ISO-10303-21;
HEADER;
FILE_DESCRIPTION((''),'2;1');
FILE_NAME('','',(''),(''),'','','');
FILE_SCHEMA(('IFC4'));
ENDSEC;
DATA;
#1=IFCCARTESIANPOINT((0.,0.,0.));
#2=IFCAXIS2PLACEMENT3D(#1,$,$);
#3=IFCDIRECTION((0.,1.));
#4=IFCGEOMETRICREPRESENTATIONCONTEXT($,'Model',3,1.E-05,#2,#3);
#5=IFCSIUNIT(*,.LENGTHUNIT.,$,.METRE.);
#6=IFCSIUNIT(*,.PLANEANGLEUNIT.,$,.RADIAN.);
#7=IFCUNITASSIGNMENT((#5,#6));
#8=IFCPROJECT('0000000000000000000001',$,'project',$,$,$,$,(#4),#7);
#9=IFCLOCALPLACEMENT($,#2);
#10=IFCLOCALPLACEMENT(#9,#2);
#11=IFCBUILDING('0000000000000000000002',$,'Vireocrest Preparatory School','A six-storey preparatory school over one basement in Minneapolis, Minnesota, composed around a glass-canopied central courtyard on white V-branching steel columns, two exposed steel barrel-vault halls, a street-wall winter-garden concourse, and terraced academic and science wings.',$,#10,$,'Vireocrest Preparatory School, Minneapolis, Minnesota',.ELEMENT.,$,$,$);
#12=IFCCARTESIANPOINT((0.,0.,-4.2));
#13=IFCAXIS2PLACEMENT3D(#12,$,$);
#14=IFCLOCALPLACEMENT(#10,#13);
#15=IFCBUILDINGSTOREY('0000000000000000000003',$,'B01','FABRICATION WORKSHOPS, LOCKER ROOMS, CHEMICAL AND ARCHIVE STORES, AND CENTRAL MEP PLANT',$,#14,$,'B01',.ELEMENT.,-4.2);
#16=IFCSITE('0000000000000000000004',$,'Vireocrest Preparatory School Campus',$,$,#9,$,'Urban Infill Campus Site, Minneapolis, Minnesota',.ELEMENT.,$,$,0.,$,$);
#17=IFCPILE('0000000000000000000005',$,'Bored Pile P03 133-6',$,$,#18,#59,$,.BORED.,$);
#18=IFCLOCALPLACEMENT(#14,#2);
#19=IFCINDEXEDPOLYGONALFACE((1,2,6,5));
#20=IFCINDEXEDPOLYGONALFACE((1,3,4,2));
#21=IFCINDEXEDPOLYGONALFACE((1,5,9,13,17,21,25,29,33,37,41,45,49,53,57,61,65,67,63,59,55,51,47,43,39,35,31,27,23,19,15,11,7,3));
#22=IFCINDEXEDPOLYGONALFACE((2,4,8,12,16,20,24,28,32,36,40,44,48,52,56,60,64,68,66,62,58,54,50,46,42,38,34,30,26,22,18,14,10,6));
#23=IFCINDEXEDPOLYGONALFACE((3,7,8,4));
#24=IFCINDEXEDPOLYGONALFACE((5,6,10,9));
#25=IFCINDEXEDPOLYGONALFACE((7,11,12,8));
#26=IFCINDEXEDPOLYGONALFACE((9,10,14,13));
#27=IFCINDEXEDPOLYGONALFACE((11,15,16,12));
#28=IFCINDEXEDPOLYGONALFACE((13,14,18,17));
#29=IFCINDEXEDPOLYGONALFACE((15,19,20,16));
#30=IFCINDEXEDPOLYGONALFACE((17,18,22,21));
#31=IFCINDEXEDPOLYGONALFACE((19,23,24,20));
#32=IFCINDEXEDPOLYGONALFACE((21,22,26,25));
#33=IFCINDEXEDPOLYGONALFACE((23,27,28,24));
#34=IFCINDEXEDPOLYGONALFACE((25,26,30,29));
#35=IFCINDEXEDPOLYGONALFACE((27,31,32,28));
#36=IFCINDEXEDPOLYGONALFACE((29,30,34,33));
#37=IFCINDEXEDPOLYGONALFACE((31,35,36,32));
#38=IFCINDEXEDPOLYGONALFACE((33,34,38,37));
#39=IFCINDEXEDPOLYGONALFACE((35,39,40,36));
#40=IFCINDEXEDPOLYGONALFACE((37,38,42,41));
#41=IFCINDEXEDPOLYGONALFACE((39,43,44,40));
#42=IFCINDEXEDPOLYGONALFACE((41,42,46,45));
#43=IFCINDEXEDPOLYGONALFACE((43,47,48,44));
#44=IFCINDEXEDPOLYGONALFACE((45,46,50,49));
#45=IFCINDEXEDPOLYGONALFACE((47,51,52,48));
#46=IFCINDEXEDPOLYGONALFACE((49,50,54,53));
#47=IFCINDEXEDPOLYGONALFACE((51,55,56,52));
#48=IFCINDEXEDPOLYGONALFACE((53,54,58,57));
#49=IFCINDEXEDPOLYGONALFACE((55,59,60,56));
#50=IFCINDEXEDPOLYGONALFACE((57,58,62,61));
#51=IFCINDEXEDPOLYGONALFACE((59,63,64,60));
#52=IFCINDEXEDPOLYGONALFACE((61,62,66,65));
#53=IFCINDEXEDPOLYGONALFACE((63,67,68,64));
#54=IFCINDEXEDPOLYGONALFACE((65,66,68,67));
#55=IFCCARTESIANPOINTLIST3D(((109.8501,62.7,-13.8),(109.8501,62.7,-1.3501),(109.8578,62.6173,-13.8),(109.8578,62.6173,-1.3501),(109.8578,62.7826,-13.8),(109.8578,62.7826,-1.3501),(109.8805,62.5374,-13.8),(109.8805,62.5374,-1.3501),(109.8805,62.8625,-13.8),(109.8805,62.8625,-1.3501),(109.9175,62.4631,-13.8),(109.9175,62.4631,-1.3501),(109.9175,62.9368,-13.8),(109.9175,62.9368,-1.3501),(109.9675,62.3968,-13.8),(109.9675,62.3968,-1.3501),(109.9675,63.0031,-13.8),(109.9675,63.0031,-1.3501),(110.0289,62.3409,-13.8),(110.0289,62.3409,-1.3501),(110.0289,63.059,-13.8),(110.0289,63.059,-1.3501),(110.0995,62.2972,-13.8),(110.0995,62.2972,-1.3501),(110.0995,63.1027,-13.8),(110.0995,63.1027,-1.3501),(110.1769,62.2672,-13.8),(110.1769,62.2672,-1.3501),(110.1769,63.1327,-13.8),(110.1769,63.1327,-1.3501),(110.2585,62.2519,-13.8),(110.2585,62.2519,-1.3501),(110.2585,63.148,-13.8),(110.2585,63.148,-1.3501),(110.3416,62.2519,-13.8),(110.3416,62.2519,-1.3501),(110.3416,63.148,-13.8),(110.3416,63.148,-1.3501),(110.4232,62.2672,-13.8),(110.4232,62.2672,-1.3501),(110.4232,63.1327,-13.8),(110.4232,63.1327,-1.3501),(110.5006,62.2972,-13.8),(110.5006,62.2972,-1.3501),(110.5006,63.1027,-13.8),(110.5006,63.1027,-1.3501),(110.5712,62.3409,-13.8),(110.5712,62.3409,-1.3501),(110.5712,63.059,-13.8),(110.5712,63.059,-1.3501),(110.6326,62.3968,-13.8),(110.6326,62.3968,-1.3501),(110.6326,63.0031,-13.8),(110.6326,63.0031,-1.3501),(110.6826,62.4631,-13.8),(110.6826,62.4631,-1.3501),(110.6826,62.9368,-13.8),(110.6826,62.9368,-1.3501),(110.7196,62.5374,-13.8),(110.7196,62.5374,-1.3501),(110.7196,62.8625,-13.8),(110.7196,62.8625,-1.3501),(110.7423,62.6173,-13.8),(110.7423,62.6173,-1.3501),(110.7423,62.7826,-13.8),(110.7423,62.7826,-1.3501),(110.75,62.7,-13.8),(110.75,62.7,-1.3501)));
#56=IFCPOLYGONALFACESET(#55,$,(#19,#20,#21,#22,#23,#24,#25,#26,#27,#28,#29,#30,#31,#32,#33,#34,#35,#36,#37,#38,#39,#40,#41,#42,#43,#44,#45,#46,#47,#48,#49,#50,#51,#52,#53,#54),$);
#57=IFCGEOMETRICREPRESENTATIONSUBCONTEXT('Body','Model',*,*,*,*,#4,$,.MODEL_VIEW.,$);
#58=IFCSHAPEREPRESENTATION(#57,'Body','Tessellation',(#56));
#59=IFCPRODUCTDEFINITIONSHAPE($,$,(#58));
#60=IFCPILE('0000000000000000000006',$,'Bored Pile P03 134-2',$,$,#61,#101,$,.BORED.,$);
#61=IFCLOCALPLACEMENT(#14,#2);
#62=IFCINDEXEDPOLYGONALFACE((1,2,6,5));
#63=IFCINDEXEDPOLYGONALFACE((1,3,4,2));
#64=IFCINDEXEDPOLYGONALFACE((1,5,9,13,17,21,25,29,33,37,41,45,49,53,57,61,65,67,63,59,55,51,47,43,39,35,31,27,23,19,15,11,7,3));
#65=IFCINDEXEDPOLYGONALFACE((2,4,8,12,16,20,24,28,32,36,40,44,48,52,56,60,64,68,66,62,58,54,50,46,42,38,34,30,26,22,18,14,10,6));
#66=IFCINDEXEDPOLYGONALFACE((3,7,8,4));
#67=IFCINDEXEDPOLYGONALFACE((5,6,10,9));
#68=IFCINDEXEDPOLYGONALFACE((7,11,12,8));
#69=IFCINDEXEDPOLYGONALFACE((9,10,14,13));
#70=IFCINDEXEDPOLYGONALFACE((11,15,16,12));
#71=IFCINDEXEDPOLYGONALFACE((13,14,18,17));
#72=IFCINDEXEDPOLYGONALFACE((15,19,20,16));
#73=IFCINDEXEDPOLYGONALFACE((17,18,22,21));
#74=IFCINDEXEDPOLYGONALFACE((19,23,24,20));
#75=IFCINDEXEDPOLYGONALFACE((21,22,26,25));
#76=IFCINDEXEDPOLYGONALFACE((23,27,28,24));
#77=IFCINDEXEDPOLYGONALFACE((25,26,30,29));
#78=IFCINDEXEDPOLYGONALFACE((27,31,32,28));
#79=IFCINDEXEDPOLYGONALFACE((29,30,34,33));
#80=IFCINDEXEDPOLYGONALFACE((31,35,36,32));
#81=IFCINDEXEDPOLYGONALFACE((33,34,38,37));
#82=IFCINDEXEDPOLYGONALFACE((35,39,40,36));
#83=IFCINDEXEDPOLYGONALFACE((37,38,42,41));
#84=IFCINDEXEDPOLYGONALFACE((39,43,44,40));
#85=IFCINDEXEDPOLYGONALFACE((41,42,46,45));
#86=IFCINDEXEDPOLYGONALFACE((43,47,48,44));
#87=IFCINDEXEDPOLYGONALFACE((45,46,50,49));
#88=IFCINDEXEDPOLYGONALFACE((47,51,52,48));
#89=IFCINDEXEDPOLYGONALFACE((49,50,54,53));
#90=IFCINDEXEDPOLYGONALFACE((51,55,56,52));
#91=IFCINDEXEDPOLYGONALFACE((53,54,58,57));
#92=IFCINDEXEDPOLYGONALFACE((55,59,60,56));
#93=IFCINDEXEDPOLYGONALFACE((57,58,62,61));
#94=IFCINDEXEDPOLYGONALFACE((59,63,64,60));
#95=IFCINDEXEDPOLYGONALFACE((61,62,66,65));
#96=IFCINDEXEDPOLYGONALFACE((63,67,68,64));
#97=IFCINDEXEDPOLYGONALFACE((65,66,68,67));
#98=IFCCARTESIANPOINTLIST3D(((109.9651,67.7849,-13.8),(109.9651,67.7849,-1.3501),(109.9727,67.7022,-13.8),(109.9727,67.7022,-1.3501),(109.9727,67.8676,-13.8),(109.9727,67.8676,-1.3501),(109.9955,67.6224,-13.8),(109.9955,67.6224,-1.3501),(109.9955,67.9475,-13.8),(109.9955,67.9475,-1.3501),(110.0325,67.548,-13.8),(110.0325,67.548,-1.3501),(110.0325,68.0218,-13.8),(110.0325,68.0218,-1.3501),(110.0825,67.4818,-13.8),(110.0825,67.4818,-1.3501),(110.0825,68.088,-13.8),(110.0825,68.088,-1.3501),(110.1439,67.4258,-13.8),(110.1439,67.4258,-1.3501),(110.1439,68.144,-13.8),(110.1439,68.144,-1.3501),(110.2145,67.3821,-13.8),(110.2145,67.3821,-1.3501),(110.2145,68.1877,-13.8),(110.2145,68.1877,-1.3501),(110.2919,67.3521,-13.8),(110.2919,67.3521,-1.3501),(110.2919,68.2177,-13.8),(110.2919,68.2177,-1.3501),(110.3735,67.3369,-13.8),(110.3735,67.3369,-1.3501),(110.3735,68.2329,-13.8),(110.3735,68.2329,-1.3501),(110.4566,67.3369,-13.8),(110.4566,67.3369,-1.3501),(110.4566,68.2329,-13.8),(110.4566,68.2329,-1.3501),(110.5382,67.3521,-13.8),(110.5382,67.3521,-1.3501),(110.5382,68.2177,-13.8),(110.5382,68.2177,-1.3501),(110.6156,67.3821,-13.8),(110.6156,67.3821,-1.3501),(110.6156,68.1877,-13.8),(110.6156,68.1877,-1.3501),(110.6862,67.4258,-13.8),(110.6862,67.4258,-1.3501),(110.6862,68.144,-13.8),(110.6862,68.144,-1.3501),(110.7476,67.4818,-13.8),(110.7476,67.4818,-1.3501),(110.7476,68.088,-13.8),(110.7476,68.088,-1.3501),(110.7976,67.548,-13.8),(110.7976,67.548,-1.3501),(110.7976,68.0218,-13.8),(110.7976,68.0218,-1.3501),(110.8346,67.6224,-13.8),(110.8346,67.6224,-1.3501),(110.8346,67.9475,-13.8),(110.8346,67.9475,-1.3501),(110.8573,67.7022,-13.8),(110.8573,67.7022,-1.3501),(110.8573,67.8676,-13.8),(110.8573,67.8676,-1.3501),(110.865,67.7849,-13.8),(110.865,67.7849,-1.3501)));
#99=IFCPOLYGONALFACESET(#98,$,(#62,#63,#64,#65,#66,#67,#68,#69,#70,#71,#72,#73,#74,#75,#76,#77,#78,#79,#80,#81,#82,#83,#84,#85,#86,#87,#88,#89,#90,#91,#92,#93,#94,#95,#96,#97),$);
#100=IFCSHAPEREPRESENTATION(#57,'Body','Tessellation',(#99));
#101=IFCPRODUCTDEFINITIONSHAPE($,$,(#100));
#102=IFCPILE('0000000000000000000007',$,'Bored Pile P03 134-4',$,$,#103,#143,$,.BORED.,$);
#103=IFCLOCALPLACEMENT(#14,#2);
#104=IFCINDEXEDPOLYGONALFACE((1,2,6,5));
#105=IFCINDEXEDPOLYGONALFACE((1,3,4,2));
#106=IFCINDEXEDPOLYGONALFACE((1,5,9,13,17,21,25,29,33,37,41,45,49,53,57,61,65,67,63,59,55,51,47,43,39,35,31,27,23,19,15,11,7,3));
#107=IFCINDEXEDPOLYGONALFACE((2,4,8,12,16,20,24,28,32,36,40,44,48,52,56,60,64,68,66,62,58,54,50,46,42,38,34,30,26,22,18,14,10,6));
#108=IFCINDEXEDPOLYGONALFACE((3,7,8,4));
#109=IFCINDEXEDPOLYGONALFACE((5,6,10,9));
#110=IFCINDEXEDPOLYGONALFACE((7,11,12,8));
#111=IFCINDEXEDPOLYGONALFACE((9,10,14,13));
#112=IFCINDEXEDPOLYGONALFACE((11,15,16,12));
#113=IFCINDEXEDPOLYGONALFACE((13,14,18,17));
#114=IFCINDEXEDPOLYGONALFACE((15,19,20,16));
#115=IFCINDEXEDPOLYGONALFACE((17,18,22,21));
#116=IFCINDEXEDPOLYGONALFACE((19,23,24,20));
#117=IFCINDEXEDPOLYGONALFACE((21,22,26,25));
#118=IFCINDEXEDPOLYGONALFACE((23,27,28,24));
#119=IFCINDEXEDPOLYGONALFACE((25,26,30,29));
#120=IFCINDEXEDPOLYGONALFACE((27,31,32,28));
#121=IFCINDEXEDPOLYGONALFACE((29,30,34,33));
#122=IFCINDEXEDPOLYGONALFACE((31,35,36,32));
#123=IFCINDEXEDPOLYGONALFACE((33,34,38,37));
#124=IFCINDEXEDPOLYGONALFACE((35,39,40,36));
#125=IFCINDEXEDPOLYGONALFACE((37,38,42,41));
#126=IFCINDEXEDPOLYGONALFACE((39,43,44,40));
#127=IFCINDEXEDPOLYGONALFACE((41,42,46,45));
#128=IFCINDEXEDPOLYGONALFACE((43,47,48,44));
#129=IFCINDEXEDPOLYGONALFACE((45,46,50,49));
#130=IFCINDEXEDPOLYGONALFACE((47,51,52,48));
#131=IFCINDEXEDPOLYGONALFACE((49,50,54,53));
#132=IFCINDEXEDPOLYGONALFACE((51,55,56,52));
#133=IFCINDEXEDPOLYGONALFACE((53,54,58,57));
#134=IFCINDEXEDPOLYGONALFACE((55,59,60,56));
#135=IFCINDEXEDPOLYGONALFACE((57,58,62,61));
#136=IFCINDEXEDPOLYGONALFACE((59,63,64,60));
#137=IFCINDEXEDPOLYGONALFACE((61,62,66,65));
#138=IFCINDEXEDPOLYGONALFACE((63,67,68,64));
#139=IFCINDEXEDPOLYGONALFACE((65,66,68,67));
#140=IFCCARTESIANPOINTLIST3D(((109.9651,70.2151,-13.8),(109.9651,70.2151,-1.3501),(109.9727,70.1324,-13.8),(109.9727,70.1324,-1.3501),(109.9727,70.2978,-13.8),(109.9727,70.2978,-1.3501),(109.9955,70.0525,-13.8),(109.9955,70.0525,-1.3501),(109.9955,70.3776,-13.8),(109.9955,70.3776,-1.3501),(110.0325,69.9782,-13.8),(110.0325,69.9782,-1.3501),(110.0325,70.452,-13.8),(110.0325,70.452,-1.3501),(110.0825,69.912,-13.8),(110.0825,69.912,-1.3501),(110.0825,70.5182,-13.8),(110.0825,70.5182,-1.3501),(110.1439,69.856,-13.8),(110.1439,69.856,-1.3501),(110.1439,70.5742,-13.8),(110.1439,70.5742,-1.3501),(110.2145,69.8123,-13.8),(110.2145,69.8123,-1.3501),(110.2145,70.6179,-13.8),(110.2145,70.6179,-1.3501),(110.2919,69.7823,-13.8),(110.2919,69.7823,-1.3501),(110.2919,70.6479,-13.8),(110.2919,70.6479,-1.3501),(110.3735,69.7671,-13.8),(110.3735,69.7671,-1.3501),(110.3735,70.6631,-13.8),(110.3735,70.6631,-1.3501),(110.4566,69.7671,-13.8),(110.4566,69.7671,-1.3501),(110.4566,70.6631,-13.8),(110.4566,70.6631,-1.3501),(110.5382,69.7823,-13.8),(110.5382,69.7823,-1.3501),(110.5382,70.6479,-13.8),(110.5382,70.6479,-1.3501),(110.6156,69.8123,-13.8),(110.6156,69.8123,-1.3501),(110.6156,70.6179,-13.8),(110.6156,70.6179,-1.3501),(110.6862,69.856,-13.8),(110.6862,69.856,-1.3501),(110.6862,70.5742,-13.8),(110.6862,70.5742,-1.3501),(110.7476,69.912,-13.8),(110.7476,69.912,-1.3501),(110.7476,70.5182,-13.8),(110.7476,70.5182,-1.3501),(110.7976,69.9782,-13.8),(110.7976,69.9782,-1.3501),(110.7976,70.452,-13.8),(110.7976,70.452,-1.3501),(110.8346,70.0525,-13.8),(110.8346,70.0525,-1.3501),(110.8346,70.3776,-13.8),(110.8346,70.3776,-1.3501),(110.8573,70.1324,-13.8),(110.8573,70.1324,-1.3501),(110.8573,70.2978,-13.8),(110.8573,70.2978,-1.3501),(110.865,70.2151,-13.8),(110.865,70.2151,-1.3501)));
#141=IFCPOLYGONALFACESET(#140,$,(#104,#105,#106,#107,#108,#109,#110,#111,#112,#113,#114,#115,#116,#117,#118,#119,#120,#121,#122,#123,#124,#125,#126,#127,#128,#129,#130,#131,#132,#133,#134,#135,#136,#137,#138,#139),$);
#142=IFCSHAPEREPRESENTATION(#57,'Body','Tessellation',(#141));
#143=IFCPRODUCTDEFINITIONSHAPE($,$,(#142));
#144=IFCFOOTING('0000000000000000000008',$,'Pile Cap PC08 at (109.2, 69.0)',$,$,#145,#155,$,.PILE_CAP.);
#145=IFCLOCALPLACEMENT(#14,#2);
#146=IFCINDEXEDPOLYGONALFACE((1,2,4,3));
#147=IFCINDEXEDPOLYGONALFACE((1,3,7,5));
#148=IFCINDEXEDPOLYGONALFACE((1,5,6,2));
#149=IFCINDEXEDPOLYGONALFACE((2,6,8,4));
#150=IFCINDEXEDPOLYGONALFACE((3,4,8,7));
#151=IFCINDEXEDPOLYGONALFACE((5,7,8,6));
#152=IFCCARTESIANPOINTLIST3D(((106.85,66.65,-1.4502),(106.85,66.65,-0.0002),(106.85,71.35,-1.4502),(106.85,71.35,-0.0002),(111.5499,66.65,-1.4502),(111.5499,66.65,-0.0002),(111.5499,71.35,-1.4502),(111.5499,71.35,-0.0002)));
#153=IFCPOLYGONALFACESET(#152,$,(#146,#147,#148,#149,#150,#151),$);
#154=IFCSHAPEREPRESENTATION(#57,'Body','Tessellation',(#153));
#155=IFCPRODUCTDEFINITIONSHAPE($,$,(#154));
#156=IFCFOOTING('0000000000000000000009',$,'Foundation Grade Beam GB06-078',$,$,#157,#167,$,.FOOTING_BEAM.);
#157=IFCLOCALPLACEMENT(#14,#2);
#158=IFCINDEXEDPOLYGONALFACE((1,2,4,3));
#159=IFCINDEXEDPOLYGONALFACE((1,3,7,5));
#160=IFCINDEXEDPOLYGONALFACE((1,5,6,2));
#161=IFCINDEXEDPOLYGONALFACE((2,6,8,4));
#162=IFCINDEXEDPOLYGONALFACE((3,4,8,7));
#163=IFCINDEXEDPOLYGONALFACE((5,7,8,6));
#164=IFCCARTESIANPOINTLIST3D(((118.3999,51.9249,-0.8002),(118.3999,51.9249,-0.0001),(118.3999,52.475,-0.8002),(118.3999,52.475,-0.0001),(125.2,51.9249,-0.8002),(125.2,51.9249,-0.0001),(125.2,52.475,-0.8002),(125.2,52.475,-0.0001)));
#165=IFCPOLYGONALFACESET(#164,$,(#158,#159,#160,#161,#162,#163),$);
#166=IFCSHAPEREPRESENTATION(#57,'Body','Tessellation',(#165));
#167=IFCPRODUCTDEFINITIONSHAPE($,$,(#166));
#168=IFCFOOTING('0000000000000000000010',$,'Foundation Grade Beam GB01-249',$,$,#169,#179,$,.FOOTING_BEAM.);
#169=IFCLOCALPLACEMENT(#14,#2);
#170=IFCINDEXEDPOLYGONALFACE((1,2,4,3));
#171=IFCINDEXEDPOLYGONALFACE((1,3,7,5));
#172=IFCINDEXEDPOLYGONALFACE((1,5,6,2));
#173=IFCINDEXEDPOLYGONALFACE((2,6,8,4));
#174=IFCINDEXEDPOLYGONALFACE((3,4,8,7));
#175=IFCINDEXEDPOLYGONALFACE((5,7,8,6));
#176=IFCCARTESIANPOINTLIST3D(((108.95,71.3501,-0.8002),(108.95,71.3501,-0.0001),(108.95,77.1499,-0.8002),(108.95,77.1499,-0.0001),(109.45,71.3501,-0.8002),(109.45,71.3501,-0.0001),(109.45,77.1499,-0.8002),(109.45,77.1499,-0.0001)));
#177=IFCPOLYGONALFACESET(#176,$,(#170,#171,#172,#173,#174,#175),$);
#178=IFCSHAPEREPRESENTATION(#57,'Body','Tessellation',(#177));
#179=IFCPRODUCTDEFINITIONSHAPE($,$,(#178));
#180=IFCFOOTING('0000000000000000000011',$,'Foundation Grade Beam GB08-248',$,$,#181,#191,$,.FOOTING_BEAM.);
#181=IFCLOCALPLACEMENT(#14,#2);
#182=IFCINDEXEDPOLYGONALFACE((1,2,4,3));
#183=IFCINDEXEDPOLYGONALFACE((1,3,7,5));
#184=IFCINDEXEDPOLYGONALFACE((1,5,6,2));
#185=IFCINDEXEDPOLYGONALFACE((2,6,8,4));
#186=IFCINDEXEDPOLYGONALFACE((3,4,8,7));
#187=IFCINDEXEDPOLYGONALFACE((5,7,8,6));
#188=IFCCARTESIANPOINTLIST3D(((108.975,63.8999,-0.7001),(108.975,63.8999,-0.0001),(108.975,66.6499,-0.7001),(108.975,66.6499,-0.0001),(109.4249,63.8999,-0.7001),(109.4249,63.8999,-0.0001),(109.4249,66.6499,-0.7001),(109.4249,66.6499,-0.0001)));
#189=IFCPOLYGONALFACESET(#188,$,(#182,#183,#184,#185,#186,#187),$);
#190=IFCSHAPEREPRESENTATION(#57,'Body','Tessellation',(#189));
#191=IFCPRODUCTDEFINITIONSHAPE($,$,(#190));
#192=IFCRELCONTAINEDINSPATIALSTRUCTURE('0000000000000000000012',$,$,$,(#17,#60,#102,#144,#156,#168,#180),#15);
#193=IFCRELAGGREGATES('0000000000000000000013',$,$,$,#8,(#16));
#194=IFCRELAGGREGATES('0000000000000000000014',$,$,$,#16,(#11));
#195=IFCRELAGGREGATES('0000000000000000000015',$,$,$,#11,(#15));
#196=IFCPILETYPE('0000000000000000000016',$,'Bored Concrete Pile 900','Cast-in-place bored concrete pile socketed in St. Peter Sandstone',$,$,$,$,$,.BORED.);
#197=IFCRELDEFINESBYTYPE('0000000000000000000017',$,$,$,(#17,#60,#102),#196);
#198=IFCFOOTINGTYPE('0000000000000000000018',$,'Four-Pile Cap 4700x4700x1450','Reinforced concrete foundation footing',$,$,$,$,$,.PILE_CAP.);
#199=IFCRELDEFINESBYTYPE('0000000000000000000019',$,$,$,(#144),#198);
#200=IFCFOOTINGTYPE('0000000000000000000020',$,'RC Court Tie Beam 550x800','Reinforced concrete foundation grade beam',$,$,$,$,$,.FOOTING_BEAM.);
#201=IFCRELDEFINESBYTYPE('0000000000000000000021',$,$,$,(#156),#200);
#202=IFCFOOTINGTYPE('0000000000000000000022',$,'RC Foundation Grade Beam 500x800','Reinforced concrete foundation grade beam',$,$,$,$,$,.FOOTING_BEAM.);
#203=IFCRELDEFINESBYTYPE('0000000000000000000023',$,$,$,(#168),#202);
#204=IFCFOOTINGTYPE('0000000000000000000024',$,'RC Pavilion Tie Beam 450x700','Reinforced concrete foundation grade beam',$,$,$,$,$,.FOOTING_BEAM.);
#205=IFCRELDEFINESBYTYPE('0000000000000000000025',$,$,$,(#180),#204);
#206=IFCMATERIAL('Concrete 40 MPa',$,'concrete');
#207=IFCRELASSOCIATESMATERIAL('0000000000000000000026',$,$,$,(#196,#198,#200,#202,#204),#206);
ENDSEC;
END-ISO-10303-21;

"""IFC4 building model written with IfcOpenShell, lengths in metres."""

from ifc_helpers import new_model, si_unit, direction, frame, origin, origin_2d, place, context, subcontext, project, spatial, rectangle, circle, extrude, material, material_profile, profile_set, type_object, element, save


model = new_model("IFC4")

# Units and contexts
model_context = context("Model", 3, precision=1e-05, world=origin(), true_north=direction((0.0, 1.0)))
body_context = subcontext(model_context, "Body", "Model", "MODEL_VIEW")
ifc_project = project(units=[si_unit("LENGTHUNIT", "METRE"), si_unit("PLANEANGLEUNIT", "RADIAN")], contexts=[model_context])

# Site, building, storey
site_placement = place(None, origin())
site = spatial("IfcSite", under=ifc_project, at=site_placement, Name="Vireocrest Preparatory School Campus", LongName="Urban Infill Campus Site, Minneapolis, Minnesota", CompositionType="ELEMENT", RefElevation=0.0)
building_placement = place(site_placement, origin())
building = spatial("IfcBuilding", under=site, at=building_placement, Name="Vireocrest Preparatory School", Description="A six-storey preparatory school over one basement in Minneapolis, Minnesota, composed around a glass-canopied central courtyard on white V-branching steel columns, two exposed steel barrel-vault halls, a street-wall winter-garden concourse, and terraced academic and science wings.", LongName="Vireocrest Preparatory School, Minneapolis, Minnesota", CompositionType="ELEMENT")
storey_placement = place(building_placement, frame((0.0, 0.0, -4.2)))
storey = spatial("IfcBuildingStorey", under=building, at=storey_placement, Name="B01", Description="FABRICATION WORKSHOPS, LOCKER ROOMS, CHEMICAL AND ARCHIVE STORES, AND CENTRAL MEP PLANT", LongName="B01", CompositionType="ELEMENT", Elevation=-4.2)

# Piles
ifc_material_1 = material(Name="Concrete 40 MPa", Category="concrete")
ifc_material_profile_1 = material_profile(ifc_material_1, circle(Radius=0.45, at=origin_2d()), Name="BORED PILE 900")
ifc_profile_set_1 = profile_set([ifc_material_profile_1], Name="Concrete 40 MPa")
pile_type_1 = type_object("IfcPileType", Name="Bored Concrete Pile 900", Description="Cast-in-place bored concrete pile socketed in St. Peter Sandstone", PredefinedType="BORED", material=ifc_profile_set_1)
for number, where, z_axis, x_axis, name in (
    (1, (110.3, 62.7, -1.3501), (0.0, 0.0, -1.0), (1.0, 0.0, 0.0), "Bored Pile P03 133-6"),
    (2, (110.415, 67.7849, -1.3501), (0.0, 0.0, -1.0), (1.0, 0.0, 0.0), "Bored Pile P03 134-2"),
    (3, (110.415, 70.2151, -1.3501), (0.0, 0.0, -1.0), (1.0, 0.0, 0.0), "Bored Pile P03 134-4"),
):
    element("IfcPile", number, at=place(storey_placement, frame(where, z_axis=z_axis, x_axis=x_axis)), inside=storey, type_object=pile_type_1, Name=name, PredefinedType="BORED", context=body_context, shape_type="SweptSolid", body=[
        extrude(circle(Radius=0.45, at=origin_2d()), origin(), (0.0, 0.0, 1.0), 12.45),
    ])

# Footings
footing_type_1 = type_object("IfcFootingType", Name="Four-Pile Cap 4700x4700x1450", Description="Reinforced concrete foundation footing", PredefinedType="PILE_CAP", material=ifc_material_1)
footing_1_placement = place(storey_placement, frame((109.2, 69.0, -1.4502), z_axis=(0.0, 0.0, 1.0), x_axis=(1.0, 0.0, 0.0)))
element("IfcFooting", 4, at=footing_1_placement, inside=storey, type_object=footing_type_1, Name="Pile Cap PC08 at (109.2, 69.0)", PredefinedType="PILE_CAP", context=body_context, shape_type="SweptSolid", body=[
    extrude(rectangle(XDim=4.7, YDim=4.7, at=origin_2d()), origin(), (0.0, 0.0, 1.0), 1.45),
])
ifc_material_profile_2 = material_profile(ifc_material_1, rectangle(XDim=0.55, YDim=0.8, at=origin_2d()), Name="GB 550x800")
ifc_profile_set_2 = profile_set([ifc_material_profile_2], Name="Concrete 40 MPa")
footing_type_2 = type_object("IfcFootingType", Name="RC Court Tie Beam 550x800", Description="Reinforced concrete foundation grade beam", PredefinedType="FOOTING_BEAM", material=ifc_profile_set_2)
footing_2_placement = place(storey_placement, frame((118.3999, 52.2, -0.4001), z_axis=(1.0, 0.0, 0.0), x_axis=(0.0, 1.0, 0.0)))
element("IfcFooting", 5, at=footing_2_placement, inside=storey, type_object=footing_type_2, Name="Foundation Grade Beam GB06-078", PredefinedType="FOOTING_BEAM", context=body_context, shape_type="SweptSolid", body=[
    extrude(rectangle(XDim=0.55, YDim=0.8, at=origin_2d()), origin(), (0.0, 0.0, 1.0), 6.8),
])
ifc_material_profile_3 = material_profile(ifc_material_1, rectangle(XDim=0.5, YDim=0.8, at=origin_2d()), Name="GB 500x800")
ifc_profile_set_3 = profile_set([ifc_material_profile_3], Name="Concrete 40 MPa")
footing_type_3 = type_object("IfcFootingType", Name="RC Foundation Grade Beam 500x800", Description="Reinforced concrete foundation grade beam", PredefinedType="FOOTING_BEAM", material=ifc_profile_set_3)
footing_3_placement = place(storey_placement, frame((109.2, 71.3501, -0.4001), z_axis=(0.0, 1.0, 0.0), x_axis=(-1.0, 0.0, 0.0)))
element("IfcFooting", 6, at=footing_3_placement, inside=storey, type_object=footing_type_3, Name="Foundation Grade Beam GB01-249", PredefinedType="FOOTING_BEAM", context=body_context, shape_type="SweptSolid", body=[
    extrude(rectangle(XDim=0.5, YDim=0.8, at=origin_2d()), origin(), (0.0, 0.0, 1.0), 5.7998),
])
ifc_material_profile_4 = material_profile(ifc_material_1, rectangle(XDim=0.45, YDim=0.7, at=origin_2d()), Name="GB 450x700")
ifc_profile_set_4 = profile_set([ifc_material_profile_4], Name="Concrete 40 MPa")
footing_type_4 = type_object("IfcFootingType", Name="RC Pavilion Tie Beam 450x700", Description="Reinforced concrete foundation grade beam", PredefinedType="FOOTING_BEAM", material=ifc_profile_set_4)
footing_4_placement = place(storey_placement, frame((109.2, 63.8999, -0.3501), z_axis=(0.0, 1.0, 0.0), x_axis=(-1.0, 0.0, 0.0)))
element("IfcFooting", 7, at=footing_4_placement, inside=storey, type_object=footing_type_4, Name="Foundation Grade Beam GB08-248", PredefinedType="FOOTING_BEAM", context=body_context, shape_type="SweptSolid", body=[
    extrude(rectangle(XDim=0.45, YDim=0.7, at=origin_2d()), origin(), (0.0, 0.0, 1.0), 2.75),
])

save(model, "model.ifc")
